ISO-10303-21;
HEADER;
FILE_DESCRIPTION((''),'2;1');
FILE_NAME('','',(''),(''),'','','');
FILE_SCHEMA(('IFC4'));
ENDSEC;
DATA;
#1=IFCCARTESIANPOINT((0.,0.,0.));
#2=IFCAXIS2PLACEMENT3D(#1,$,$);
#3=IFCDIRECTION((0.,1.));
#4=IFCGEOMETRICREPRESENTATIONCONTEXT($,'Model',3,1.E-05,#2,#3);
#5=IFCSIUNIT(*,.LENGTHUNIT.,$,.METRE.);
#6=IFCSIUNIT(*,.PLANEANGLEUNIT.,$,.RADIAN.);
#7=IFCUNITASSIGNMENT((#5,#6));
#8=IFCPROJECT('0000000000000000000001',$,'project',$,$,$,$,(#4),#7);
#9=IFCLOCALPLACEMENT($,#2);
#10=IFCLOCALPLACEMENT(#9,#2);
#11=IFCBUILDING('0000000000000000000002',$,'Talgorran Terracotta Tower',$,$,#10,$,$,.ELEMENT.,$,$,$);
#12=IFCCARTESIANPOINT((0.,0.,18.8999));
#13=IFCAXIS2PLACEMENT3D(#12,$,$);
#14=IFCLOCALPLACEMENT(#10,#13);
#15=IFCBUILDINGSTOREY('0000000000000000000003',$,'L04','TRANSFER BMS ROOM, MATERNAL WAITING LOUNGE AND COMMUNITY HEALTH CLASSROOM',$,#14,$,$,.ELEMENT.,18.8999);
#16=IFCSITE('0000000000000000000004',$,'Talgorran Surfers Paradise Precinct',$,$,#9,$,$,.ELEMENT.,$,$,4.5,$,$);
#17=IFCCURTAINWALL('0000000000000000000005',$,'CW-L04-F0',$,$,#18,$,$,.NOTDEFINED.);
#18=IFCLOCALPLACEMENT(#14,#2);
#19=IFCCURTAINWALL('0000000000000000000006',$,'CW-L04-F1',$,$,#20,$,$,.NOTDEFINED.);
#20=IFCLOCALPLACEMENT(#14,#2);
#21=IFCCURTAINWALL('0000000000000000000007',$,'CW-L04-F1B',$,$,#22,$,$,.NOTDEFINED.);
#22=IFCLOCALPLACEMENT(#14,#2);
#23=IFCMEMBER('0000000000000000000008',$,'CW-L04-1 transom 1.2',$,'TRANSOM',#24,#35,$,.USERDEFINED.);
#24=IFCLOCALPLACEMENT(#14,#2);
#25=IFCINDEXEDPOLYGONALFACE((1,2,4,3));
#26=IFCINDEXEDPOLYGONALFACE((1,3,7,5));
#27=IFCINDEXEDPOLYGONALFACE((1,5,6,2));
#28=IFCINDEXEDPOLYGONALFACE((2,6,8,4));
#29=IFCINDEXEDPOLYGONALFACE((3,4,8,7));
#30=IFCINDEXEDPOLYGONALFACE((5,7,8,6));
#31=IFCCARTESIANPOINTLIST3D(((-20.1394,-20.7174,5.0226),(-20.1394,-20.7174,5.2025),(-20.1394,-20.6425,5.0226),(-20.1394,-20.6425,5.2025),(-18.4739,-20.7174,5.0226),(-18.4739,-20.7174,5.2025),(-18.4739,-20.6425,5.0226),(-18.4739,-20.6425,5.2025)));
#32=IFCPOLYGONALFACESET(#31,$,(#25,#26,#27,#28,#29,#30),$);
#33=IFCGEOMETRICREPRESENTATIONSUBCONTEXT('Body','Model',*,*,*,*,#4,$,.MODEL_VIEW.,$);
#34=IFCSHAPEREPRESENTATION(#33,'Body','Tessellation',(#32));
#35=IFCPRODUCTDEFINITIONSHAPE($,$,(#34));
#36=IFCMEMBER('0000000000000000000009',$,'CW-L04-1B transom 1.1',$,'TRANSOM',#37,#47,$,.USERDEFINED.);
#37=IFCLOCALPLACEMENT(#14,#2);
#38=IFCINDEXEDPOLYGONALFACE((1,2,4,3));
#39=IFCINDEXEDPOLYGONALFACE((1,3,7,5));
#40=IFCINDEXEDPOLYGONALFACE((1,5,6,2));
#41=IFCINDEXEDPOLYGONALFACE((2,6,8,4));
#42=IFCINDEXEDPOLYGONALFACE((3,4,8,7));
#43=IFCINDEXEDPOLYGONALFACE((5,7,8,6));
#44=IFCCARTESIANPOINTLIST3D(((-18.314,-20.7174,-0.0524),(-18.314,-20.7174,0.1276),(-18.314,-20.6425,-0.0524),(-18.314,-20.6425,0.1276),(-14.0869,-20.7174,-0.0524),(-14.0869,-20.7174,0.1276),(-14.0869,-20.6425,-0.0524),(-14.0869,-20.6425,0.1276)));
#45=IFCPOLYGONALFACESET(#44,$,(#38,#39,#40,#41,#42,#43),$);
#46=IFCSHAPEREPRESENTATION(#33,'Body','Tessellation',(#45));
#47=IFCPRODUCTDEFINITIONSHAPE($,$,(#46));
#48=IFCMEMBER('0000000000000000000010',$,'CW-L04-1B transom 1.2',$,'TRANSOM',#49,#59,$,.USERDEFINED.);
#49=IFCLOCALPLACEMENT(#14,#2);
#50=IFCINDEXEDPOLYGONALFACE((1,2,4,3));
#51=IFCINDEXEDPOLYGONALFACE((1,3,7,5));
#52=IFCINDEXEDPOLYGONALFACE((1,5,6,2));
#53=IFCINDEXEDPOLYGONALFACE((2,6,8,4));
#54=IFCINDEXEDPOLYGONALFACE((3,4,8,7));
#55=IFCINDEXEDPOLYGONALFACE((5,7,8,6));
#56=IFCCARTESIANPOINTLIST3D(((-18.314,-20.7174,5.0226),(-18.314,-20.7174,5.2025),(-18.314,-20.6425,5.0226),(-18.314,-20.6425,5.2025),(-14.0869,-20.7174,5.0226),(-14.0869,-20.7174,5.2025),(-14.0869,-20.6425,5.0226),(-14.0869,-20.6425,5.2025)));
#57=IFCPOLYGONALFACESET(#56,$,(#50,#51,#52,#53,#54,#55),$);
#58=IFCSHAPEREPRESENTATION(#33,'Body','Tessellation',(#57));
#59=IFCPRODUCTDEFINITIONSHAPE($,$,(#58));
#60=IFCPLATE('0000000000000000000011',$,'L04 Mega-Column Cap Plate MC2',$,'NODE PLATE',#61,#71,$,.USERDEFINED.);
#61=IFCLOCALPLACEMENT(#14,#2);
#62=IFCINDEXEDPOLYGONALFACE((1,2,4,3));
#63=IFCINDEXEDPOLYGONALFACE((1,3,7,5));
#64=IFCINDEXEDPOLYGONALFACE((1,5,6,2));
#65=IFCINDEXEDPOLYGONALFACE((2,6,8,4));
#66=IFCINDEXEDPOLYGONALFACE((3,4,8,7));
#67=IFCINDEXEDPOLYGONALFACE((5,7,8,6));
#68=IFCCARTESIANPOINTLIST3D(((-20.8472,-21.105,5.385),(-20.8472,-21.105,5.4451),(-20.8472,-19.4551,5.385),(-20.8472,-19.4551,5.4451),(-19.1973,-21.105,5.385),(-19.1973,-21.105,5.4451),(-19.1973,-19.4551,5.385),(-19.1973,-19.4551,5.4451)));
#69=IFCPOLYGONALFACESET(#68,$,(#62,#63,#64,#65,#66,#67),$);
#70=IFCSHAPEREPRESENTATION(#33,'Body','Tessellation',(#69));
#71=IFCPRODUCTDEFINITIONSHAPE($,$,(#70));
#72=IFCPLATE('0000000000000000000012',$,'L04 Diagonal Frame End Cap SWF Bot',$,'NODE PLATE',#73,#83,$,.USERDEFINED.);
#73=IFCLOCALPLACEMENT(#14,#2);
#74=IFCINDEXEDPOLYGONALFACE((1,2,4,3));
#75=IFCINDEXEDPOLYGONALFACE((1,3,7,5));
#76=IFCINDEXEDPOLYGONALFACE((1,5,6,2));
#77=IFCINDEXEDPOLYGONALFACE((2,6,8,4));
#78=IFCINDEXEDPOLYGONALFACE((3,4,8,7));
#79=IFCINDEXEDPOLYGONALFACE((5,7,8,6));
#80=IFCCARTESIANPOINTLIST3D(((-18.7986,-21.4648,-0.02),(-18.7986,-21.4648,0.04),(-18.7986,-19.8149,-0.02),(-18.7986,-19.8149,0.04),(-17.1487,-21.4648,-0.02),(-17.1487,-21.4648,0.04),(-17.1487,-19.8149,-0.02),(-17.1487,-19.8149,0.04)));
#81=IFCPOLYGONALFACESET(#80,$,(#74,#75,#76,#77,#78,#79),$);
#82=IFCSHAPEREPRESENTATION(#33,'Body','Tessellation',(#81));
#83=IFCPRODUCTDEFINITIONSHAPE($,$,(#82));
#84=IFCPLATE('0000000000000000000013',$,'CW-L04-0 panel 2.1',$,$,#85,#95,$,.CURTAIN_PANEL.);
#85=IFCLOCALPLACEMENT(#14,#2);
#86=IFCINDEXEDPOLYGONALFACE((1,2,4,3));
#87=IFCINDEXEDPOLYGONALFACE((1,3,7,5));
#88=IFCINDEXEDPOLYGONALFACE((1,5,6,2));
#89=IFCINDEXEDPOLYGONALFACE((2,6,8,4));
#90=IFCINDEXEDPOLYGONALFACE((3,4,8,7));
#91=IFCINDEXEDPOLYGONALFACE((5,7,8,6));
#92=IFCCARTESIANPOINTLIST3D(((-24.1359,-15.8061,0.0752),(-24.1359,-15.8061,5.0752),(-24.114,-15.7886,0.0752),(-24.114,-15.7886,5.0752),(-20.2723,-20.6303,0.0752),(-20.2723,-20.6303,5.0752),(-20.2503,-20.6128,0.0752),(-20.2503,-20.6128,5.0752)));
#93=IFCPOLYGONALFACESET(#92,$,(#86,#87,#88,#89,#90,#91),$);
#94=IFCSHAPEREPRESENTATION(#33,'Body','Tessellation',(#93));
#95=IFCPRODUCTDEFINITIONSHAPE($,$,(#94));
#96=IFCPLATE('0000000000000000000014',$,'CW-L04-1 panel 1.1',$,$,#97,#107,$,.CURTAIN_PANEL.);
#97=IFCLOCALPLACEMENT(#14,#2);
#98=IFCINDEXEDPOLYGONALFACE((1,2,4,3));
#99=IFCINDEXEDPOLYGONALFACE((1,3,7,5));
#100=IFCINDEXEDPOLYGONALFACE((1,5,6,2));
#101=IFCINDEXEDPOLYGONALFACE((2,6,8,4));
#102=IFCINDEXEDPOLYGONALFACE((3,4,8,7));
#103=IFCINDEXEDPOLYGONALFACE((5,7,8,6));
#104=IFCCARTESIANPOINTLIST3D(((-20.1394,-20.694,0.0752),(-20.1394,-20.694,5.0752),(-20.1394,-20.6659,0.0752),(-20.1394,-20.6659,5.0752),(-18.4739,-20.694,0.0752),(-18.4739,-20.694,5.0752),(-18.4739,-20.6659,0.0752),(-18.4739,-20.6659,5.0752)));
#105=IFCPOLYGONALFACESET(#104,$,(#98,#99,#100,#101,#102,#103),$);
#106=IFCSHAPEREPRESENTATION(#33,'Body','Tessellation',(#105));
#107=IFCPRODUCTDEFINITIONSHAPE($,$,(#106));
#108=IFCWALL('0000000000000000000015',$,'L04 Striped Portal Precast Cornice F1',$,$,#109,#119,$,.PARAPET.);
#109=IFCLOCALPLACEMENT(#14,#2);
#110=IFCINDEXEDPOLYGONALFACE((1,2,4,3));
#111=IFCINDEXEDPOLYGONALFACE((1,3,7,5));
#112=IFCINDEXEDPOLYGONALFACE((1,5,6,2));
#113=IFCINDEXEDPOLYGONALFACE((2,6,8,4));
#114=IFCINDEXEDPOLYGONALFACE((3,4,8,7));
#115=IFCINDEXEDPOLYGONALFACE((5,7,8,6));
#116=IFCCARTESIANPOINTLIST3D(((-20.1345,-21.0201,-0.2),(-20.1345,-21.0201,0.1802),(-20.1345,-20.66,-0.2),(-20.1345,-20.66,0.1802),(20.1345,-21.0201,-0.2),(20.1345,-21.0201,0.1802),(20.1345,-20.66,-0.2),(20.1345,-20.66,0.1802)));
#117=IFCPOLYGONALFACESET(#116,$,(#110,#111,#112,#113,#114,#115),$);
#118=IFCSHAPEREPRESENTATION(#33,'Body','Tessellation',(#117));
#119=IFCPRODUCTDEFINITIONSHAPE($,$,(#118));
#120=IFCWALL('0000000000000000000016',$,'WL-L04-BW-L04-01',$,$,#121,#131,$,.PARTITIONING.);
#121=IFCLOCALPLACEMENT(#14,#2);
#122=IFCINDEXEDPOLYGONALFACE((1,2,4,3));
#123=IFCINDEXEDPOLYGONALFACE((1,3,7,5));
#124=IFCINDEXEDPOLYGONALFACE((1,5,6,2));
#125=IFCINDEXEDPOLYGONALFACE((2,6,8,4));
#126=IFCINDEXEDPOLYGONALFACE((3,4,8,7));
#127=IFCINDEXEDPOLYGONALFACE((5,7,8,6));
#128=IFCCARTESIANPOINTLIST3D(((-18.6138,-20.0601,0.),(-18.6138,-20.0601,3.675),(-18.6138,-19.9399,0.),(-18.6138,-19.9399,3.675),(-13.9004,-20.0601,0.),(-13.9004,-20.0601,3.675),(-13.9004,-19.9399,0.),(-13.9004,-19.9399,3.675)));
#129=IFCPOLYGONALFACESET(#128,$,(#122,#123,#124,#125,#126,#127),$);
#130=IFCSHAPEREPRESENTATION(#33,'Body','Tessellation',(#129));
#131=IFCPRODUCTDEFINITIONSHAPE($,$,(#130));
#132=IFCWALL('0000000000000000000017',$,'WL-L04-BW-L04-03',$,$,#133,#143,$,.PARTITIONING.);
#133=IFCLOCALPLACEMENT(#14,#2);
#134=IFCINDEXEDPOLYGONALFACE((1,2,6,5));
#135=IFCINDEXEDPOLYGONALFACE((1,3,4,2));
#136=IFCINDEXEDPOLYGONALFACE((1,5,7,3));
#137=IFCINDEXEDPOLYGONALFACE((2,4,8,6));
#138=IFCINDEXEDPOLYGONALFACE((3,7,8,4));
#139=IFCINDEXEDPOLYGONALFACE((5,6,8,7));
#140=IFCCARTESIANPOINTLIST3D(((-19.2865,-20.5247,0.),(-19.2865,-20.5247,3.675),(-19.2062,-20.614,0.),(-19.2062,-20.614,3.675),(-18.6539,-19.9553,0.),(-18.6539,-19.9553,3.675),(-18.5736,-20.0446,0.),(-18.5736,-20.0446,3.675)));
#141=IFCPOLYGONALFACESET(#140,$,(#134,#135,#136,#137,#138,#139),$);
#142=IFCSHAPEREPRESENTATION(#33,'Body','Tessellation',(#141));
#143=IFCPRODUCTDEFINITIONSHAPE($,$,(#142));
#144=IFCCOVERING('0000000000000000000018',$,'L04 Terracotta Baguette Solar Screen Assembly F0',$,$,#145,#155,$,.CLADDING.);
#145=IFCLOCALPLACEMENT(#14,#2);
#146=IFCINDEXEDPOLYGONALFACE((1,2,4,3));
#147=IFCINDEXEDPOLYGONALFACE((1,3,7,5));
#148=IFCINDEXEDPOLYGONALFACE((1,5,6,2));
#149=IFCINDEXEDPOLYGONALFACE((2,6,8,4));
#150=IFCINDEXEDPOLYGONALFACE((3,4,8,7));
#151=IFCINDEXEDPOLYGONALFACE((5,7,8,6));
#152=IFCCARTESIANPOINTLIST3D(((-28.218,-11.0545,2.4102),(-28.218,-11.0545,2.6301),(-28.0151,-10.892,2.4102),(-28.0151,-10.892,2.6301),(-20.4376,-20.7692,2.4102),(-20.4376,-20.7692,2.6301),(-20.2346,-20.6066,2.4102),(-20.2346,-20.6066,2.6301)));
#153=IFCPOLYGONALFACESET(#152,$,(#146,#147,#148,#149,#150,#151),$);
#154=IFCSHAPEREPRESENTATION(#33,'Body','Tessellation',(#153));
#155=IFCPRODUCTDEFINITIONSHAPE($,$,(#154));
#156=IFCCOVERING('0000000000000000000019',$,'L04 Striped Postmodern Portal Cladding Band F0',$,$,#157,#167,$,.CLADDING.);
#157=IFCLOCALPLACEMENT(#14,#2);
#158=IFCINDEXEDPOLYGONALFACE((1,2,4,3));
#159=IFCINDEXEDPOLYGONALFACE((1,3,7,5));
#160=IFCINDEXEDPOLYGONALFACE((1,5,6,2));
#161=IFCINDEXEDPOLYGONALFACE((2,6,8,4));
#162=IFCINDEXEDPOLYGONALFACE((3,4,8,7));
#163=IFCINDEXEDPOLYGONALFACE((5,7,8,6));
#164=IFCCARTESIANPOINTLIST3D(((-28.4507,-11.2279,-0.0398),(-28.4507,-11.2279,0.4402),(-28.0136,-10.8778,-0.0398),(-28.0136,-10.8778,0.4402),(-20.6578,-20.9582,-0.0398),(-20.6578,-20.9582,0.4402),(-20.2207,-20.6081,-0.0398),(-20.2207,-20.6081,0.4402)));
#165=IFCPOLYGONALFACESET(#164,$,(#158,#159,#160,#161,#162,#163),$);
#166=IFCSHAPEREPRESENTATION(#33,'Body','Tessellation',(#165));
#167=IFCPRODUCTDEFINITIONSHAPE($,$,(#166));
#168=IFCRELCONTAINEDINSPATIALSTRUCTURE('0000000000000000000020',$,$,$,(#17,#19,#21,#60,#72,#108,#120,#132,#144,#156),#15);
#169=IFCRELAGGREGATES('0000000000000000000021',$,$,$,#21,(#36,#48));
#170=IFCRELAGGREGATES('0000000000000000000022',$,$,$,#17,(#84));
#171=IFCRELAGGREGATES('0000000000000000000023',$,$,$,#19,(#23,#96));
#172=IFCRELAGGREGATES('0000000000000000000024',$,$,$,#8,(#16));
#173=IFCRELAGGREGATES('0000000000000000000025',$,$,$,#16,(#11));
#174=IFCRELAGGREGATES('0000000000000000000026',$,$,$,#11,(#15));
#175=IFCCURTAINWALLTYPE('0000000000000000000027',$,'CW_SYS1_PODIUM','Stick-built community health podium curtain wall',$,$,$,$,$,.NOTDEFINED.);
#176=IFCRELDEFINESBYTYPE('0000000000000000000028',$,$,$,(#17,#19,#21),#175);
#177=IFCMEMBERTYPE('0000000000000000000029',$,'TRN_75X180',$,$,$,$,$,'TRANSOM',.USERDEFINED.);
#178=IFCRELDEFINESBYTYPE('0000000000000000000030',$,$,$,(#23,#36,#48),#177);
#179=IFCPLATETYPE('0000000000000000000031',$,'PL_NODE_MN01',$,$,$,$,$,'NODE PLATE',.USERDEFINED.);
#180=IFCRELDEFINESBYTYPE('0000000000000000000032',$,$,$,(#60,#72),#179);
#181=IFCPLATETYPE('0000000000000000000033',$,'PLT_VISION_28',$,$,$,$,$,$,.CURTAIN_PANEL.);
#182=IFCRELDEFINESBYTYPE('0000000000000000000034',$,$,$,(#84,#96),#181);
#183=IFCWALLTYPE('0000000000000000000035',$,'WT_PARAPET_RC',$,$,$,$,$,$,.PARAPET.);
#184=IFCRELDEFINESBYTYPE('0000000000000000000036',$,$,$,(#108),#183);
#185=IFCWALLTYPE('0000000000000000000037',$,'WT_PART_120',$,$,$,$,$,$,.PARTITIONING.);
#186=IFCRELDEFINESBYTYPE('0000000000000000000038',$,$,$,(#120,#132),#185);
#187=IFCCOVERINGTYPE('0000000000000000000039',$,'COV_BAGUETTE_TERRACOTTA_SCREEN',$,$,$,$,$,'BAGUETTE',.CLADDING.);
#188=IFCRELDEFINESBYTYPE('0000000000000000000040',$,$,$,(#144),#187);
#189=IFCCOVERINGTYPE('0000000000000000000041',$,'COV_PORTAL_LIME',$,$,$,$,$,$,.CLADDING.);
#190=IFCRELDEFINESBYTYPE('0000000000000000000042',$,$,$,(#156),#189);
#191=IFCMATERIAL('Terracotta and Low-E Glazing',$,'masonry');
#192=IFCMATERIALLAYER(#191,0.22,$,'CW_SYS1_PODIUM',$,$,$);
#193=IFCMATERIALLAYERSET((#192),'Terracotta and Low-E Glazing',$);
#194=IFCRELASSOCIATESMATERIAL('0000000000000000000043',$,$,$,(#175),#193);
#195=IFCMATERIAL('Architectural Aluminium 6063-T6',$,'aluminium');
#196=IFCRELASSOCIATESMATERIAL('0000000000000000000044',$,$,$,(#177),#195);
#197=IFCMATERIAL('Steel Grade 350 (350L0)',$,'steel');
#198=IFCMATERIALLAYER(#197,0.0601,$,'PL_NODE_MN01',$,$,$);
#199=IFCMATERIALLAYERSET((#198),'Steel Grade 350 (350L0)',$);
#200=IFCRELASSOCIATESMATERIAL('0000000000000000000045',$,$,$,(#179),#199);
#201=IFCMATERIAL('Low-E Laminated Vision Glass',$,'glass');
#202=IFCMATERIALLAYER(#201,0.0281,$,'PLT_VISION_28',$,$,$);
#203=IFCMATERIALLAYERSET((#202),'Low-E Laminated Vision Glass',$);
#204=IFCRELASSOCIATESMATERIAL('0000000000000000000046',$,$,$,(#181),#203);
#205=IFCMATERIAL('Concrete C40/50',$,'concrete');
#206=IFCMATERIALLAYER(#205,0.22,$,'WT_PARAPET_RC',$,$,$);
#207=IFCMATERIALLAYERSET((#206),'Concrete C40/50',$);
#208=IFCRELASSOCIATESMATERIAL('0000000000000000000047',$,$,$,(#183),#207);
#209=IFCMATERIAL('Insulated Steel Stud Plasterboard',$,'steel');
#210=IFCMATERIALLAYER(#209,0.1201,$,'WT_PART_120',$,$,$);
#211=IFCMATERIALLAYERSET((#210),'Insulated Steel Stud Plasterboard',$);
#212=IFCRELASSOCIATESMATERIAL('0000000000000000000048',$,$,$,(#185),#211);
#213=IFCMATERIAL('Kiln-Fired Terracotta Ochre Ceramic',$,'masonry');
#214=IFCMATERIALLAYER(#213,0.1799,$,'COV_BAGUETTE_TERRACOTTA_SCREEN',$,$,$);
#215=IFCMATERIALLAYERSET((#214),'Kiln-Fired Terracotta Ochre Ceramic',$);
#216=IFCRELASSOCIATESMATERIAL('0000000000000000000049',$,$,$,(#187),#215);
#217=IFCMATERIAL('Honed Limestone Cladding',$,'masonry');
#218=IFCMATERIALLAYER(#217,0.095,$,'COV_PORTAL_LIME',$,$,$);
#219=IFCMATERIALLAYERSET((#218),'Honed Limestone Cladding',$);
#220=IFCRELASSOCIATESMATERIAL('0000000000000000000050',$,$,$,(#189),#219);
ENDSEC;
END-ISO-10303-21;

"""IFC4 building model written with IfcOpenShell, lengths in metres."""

from ifc_helpers import new_model, si_unit, direction, frame, frame_2d, origin, origin_2d, place, context, subcontext, project, spatial, rectangle, extrude, source, transform, mapped, material, layer, layer_set, material_profile, profile_set, type_object, type_shapes, element, aggregate, save


model = new_model("IFC4")

# Units and contexts
model_context = context("Model", 3, precision=1e-05, world=origin(), true_north=direction((0.0, 1.0)))
body_context = subcontext(model_context, "Body", "Model", "MODEL_VIEW")
ifc_project = project(units=[si_unit("LENGTHUNIT", "METRE"), si_unit("PLANEANGLEUNIT", "RADIAN")], contexts=[model_context])

# Site, building, storey
site_placement = place(None, origin())
site = spatial("IfcSite", under=ifc_project, at=site_placement, Name="Talgorran Surfers Paradise Precinct", CompositionType="ELEMENT", RefElevation=4.5)
building_placement = place(site_placement, origin())
building = spatial("IfcBuilding", under=site, at=building_placement, Name="Talgorran Terracotta Tower", CompositionType="ELEMENT")
storey_placement = place(building_placement, frame((0.0, 0.0, 18.8999)))
storey = spatial("IfcBuildingStorey", under=building, at=storey_placement, Name="L04", Description="TRANSFER BMS ROOM, MATERNAL WAITING LOUNGE AND COMMUNITY HEALTH CLASSROOM", CompositionType="ELEMENT", Elevation=18.8999)

# Shared definitions
ifc_material_1 = material(Name="Steel Grade 350 (350L0)", Category="steel")

# Curtain wall
ifc_material_2 = material(Name="Terracotta and Low-E Glazing", Category="masonry")
ifc_layer_1 = layer(ifc_material_2, 0.22, Name="CW_SYS1_PODIUM")
ifc_layer_set_1 = layer_set([ifc_layer_1], Name="Terracotta and Low-E Glazing")
curtain_wall_type = type_object("IfcCurtainWallType", Name="CW_SYS1_PODIUM", Description="Stick-built community health podium curtain wall", PredefinedType="NOTDEFINED", material=ifc_layer_set_1)
curtain_wall_1_placement = place(storey_placement, origin())
curtain_wall_1 = element("IfcCurtainWall", 1, at=curtain_wall_1_placement, inside=storey, type_object=curtain_wall_type, Name="CW-L04-F0", PredefinedType="NOTDEFINED")
ifc_material_3 = material(Name="Architectural Aluminium 6063-T6", Category="aluminium")

# Curtain wall
curtain_wall_2_placement = place(storey_placement, origin())
curtain_wall_2 = element("IfcCurtainWall", 2, at=curtain_wall_2_placement, inside=storey, type_object=curtain_wall_type, Name="CW-L04-F1", PredefinedType="NOTDEFINED")

# Curtain wall
curtain_wall_3_placement = place(storey_placement, origin())
curtain_wall_3 = element("IfcCurtainWall", 3, at=curtain_wall_3_placement, inside=storey, type_object=curtain_wall_type, Name="CW-L04-F1B", PredefinedType="NOTDEFINED")

# Members
ifc_material_profile_1 = material_profile(ifc_material_3, rectangle(XDim=0.075, YDim=0.1799, at=origin_2d()), Name="CWT75X180")
ifc_profile_set_1 = profile_set([ifc_material_profile_1], Name="Architectural Aluminium 6063-T6")
member_type_1 = type_object("IfcMemberType", Name="TRN_75X180", ElementType="TRANSOM", PredefinedType="USERDEFINED", material=ifc_profile_set_1)
member_1_placement = place(storey_placement, frame((-20.1394, -20.6799, 5.1125), z_axis=(1.0, 0.0, 0.0), x_axis=(0.0, 1.0, 0.0)))
member_1 = element("IfcMember", 4, at=member_1_placement, type_object=member_type_1, Name="CW-L04-1 transom 1.2", ObjectType="TRANSOM", PredefinedType="USERDEFINED", context=body_context, shape_type="SweptSolid", body=[
    extrude(rectangle(XDim=0.075, YDim=0.1799, at=origin_2d()), origin(), (0.0, 0.0, 1.0), 1.6655),
])
member_2_placement = place(storey_placement, frame((-18.314, -20.6799, 0.0376), z_axis=(1.0, 0.0, 0.0), x_axis=(0.0, 1.0, 0.0)))
member_2 = element("IfcMember", 5, at=member_2_placement, type_object=member_type_1, Name="CW-L04-1B transom 1.1", ObjectType="TRANSOM", PredefinedType="USERDEFINED", context=body_context, shape_type="SweptSolid", body=[
    extrude(rectangle(XDim=0.075, YDim=0.1799, at=origin_2d()), origin(), (0.0, 0.0, 1.0), 4.2271),
])
member_3_placement = place(storey_placement, frame((-18.314, -20.6799, 5.1125), z_axis=(1.0, 0.0, 0.0), x_axis=(0.0, 1.0, 0.0)))
member_3 = element("IfcMember", 6, at=member_3_placement, type_object=member_type_1, Name="CW-L04-1B transom 1.2", ObjectType="TRANSOM", PredefinedType="USERDEFINED", context=body_context, shape_type="SweptSolid", body=[
    extrude(rectangle(XDim=0.075, YDim=0.1799, at=origin_2d()), origin(), (0.0, 0.0, 1.0), 4.2271),
])
aggregate(curtain_wall_3, [member_2, member_3])

# Plates
ifc_layer_2 = layer(ifc_material_1, 0.0601, Name="PL_NODE_MN01")
ifc_layer_set_2 = layer_set([ifc_layer_2], Name="Steel Grade 350 (350L0)")
plate_type_1 = type_object("IfcPlateType", Name="PL_NODE_MN01", ElementType="NODE PLATE", PredefinedType="USERDEFINED", material=ifc_layer_set_2)
for number, where, z_axis, x_axis, name in (
    (7, (-20.0222, -20.28, 5.385), (0.0, 0.0, 1.0), (1.0, 0.0, 0.0), "L04 Mega-Column Cap Plate MC2"),
    (8, (-17.9736, -20.6399, -0.02), (0.0, 0.0, 1.0), (1.0, 0.0, 0.0), "L04 Diagonal Frame End Cap SWF Bot"),
):
    element("IfcPlate", number, at=place(storey_placement, frame(where, z_axis=z_axis, x_axis=x_axis)), inside=storey, type_object=plate_type_1, Name=name, ObjectType="NODE PLATE", PredefinedType="USERDEFINED", context=body_context, shape_type="SweptSolid", body=[
        extrude(rectangle(XDim=1.6499, YDim=1.6499, at=origin_2d()), origin(), (0.0, 0.0, 1.0), 0.0601),
    ])

# Plates
ifc_material_4 = material(Name="Low-E Laminated Vision Glass", Category="glass")
ifc_layer_3 = layer(ifc_material_4, 0.0281, Name="PLT_VISION_28")
ifc_layer_set_3 = layer_set([ifc_layer_3], Name="Low-E Laminated Vision Glass")
plate_type_2 = type_object("IfcPlateType", Name="PLT_VISION_28", PredefinedType="CURTAIN_PANEL", material=ifc_layer_set_3)
shared_shape_1 = source(origin(), body_context, "Body", "SweptSolid", [
    extrude(rectangle(XDim=6.1807, YDim=0.0281, at=origin_2d()), origin(), (0.0, 0.0, 1.0), 5.0),
])
plate_1_placement = place(storey_placement, frame((-22.1931, -18.2095, 0.0752), z_axis=(0.0, 0.0, 1.0), x_axis=(0.625116, -0.780532, 0.0)))
plate_1 = element("IfcPlate", 9, at=plate_1_placement, type_object=plate_type_2, Name="CW-L04-0 panel 2.1", PredefinedType="CURTAIN_PANEL", context=body_context, shape_type="MappedRepresentation", body=[
    mapped(shared_shape_1, transform((0.0, 0.0, 0.0), scale=1.0)),
])
aggregate(curtain_wall_1, [plate_1])
shared_shape_2 = source(origin(), body_context, "Body", "SweptSolid", [
    extrude(rectangle(XDim=1.6655, YDim=0.0281, at=origin_2d()), origin(), (0.0, 0.0, 1.0), 5.0),
])
type_shapes(plate_type_2, [shared_shape_1, shared_shape_2])
plate_2_placement = place(storey_placement, frame((-19.3066, -20.6799, 0.0752), z_axis=(0.0, 0.0, 1.0), x_axis=(1.0, 0.0, 0.0)))
plate_2 = element("IfcPlate", 10, at=plate_2_placement, type_object=plate_type_2, Name="CW-L04-1 panel 1.1", PredefinedType="CURTAIN_PANEL", context=body_context, shape_type="MappedRepresentation", body=[
    mapped(shared_shape_2, transform((0.0, 0.0, 0.0), scale=1.0)),
])
aggregate(curtain_wall_2, [member_1, plate_2])

# Walls
ifc_material_5 = material(Name="Concrete C40/50", Category="concrete")
ifc_layer_4 = layer(ifc_material_5, 0.22, Name="WT_PARAPET_RC")
ifc_layer_set_4 = layer_set([ifc_layer_4], Name="Concrete C40/50")
wall_type_1 = type_object("IfcWallType", Name="WT_PARAPET_RC", PredefinedType="PARAPET", material=ifc_layer_set_4)
wall_1_placement = place(storey_placement, frame((-20.1345, -20.8401, -0.2), z_axis=(0.0, 0.0, 1.0), x_axis=(1.0, 0.0, 0.0)))
element("IfcWall", 11, at=wall_1_placement, inside=storey, type_object=wall_type_1, Name="L04 Striped Portal Precast Cornice F1", PredefinedType="PARAPET", context=body_context, shape_type="SweptSolid", body=[
    extrude(rectangle(XDim=40.269, YDim=0.3601, at=frame_2d((20.1345, 0.0))), origin(), (0.0, 0.0, 1.0), 0.3801),
])
ifc_material_6 = material(Name="Insulated Steel Stud Plasterboard", Category="steel")
ifc_layer_5 = layer(ifc_material_6, 0.1201, Name="WT_PART_120")
ifc_layer_set_5 = layer_set([ifc_layer_5], Name="Insulated Steel Stud Plasterboard")
wall_type_2 = type_object("IfcWallType", Name="WT_PART_120", PredefinedType="PARTITIONING", material=ifc_layer_set_5)
wall_2_placement = place(storey_placement, frame((-18.6138, -20.0, 0.0), z_axis=(0.0, 0.0, 1.0), x_axis=(1.0, 0.0, 0.0)))
element("IfcWall", 12, at=wall_2_placement, inside=storey, type_object=wall_type_2, Name="WL-L04-BW-L04-01", PredefinedType="PARTITIONING", context=body_context, shape_type="SweptSolid", body=[
    extrude(rectangle(XDim=4.7134, YDim=0.1201, at=frame_2d((2.3567, 0.0))), origin(), (0.0, 0.0, 1.0), 3.675),
])
wall_3_placement = place(storey_placement, frame((-19.2463, -20.5693, 0.0), z_axis=(0.0, 0.0, 1.0), x_axis=(0.74328, 0.668981, 0.0)))
element("IfcWall", 13, at=wall_3_placement, inside=storey, type_object=wall_type_2, Name="WL-L04-BW-L04-03", PredefinedType="PARTITIONING", context=body_context, shape_type="SweptSolid", body=[
    extrude(rectangle(XDim=0.8511, YDim=0.1201, at=frame_2d((0.4255, 0.0))), origin(), (0.0, 0.0, 1.0), 3.675),
])

# Coverings
ifc_material_7 = material(Name="Kiln-Fired Terracotta Ochre Ceramic", Category="masonry")
ifc_layer_6 = layer(ifc_material_7, 0.1799, Name="COV_BAGUETTE_TERRACOTTA_SCREEN")
ifc_layer_set_6 = layer_set([ifc_layer_6], Name="Kiln-Fired Terracotta Ochre Ceramic")
covering_type_1 = type_object("IfcCoveringType", Name="COV_BAGUETTE_TERRACOTTA_SCREEN", ElementType="BAGUETTE", PredefinedType="CLADDING", material=ifc_layer_set_6)
covering_1_placement = place(storey_placement, frame((-24.2263, -15.8306, 2.4102), z_axis=(0.0, 0.0, 1.0), x_axis=(0.62512, -0.780529, 0.0)))
element("IfcCovering", 14, at=covering_1_placement, inside=storey, type_object=covering_type_1, Name="L04 Terracotta Baguette Solar Screen Assembly F0", PredefinedType="CLADDING", context=body_context, shape_type="SweptSolid", body=[
    extrude(rectangle(XDim=12.4463, YDim=0.26, at=origin_2d()), origin(), (0.0, 0.0, 1.0), 0.22),
])
ifc_material_8 = material(Name="Honed Limestone Cladding", Category="masonry")
ifc_layer_7 = layer(ifc_material_8, 0.095, Name="COV_PORTAL_LIME")
ifc_layer_set_7 = layer_set([ifc_layer_7], Name="Honed Limestone Cladding")
covering_type_2 = type_object("IfcCoveringType", Name="COV_PORTAL_LIME", PredefinedType="CLADDING", material=ifc_layer_set_7)
covering_2_placement = place(storey_placement, frame((-24.3357, -15.918, -0.0398), z_axis=(0.0, 0.0, 1.0), x_axis=(0.62512, -0.780529, 0.0)))
element("IfcCovering", 15, at=covering_2_placement, inside=storey, type_object=covering_type_2, Name="L04 Striped Postmodern Portal Cladding Band F0", PredefinedType="CLADDING", context=body_context, shape_type="SweptSolid", body=[
    extrude(rectangle(XDim=12.4663, YDim=0.5601, at=origin_2d()), origin(), (0.0, 0.0, 1.0), 0.48),
])

save(model, "model.ifc")
